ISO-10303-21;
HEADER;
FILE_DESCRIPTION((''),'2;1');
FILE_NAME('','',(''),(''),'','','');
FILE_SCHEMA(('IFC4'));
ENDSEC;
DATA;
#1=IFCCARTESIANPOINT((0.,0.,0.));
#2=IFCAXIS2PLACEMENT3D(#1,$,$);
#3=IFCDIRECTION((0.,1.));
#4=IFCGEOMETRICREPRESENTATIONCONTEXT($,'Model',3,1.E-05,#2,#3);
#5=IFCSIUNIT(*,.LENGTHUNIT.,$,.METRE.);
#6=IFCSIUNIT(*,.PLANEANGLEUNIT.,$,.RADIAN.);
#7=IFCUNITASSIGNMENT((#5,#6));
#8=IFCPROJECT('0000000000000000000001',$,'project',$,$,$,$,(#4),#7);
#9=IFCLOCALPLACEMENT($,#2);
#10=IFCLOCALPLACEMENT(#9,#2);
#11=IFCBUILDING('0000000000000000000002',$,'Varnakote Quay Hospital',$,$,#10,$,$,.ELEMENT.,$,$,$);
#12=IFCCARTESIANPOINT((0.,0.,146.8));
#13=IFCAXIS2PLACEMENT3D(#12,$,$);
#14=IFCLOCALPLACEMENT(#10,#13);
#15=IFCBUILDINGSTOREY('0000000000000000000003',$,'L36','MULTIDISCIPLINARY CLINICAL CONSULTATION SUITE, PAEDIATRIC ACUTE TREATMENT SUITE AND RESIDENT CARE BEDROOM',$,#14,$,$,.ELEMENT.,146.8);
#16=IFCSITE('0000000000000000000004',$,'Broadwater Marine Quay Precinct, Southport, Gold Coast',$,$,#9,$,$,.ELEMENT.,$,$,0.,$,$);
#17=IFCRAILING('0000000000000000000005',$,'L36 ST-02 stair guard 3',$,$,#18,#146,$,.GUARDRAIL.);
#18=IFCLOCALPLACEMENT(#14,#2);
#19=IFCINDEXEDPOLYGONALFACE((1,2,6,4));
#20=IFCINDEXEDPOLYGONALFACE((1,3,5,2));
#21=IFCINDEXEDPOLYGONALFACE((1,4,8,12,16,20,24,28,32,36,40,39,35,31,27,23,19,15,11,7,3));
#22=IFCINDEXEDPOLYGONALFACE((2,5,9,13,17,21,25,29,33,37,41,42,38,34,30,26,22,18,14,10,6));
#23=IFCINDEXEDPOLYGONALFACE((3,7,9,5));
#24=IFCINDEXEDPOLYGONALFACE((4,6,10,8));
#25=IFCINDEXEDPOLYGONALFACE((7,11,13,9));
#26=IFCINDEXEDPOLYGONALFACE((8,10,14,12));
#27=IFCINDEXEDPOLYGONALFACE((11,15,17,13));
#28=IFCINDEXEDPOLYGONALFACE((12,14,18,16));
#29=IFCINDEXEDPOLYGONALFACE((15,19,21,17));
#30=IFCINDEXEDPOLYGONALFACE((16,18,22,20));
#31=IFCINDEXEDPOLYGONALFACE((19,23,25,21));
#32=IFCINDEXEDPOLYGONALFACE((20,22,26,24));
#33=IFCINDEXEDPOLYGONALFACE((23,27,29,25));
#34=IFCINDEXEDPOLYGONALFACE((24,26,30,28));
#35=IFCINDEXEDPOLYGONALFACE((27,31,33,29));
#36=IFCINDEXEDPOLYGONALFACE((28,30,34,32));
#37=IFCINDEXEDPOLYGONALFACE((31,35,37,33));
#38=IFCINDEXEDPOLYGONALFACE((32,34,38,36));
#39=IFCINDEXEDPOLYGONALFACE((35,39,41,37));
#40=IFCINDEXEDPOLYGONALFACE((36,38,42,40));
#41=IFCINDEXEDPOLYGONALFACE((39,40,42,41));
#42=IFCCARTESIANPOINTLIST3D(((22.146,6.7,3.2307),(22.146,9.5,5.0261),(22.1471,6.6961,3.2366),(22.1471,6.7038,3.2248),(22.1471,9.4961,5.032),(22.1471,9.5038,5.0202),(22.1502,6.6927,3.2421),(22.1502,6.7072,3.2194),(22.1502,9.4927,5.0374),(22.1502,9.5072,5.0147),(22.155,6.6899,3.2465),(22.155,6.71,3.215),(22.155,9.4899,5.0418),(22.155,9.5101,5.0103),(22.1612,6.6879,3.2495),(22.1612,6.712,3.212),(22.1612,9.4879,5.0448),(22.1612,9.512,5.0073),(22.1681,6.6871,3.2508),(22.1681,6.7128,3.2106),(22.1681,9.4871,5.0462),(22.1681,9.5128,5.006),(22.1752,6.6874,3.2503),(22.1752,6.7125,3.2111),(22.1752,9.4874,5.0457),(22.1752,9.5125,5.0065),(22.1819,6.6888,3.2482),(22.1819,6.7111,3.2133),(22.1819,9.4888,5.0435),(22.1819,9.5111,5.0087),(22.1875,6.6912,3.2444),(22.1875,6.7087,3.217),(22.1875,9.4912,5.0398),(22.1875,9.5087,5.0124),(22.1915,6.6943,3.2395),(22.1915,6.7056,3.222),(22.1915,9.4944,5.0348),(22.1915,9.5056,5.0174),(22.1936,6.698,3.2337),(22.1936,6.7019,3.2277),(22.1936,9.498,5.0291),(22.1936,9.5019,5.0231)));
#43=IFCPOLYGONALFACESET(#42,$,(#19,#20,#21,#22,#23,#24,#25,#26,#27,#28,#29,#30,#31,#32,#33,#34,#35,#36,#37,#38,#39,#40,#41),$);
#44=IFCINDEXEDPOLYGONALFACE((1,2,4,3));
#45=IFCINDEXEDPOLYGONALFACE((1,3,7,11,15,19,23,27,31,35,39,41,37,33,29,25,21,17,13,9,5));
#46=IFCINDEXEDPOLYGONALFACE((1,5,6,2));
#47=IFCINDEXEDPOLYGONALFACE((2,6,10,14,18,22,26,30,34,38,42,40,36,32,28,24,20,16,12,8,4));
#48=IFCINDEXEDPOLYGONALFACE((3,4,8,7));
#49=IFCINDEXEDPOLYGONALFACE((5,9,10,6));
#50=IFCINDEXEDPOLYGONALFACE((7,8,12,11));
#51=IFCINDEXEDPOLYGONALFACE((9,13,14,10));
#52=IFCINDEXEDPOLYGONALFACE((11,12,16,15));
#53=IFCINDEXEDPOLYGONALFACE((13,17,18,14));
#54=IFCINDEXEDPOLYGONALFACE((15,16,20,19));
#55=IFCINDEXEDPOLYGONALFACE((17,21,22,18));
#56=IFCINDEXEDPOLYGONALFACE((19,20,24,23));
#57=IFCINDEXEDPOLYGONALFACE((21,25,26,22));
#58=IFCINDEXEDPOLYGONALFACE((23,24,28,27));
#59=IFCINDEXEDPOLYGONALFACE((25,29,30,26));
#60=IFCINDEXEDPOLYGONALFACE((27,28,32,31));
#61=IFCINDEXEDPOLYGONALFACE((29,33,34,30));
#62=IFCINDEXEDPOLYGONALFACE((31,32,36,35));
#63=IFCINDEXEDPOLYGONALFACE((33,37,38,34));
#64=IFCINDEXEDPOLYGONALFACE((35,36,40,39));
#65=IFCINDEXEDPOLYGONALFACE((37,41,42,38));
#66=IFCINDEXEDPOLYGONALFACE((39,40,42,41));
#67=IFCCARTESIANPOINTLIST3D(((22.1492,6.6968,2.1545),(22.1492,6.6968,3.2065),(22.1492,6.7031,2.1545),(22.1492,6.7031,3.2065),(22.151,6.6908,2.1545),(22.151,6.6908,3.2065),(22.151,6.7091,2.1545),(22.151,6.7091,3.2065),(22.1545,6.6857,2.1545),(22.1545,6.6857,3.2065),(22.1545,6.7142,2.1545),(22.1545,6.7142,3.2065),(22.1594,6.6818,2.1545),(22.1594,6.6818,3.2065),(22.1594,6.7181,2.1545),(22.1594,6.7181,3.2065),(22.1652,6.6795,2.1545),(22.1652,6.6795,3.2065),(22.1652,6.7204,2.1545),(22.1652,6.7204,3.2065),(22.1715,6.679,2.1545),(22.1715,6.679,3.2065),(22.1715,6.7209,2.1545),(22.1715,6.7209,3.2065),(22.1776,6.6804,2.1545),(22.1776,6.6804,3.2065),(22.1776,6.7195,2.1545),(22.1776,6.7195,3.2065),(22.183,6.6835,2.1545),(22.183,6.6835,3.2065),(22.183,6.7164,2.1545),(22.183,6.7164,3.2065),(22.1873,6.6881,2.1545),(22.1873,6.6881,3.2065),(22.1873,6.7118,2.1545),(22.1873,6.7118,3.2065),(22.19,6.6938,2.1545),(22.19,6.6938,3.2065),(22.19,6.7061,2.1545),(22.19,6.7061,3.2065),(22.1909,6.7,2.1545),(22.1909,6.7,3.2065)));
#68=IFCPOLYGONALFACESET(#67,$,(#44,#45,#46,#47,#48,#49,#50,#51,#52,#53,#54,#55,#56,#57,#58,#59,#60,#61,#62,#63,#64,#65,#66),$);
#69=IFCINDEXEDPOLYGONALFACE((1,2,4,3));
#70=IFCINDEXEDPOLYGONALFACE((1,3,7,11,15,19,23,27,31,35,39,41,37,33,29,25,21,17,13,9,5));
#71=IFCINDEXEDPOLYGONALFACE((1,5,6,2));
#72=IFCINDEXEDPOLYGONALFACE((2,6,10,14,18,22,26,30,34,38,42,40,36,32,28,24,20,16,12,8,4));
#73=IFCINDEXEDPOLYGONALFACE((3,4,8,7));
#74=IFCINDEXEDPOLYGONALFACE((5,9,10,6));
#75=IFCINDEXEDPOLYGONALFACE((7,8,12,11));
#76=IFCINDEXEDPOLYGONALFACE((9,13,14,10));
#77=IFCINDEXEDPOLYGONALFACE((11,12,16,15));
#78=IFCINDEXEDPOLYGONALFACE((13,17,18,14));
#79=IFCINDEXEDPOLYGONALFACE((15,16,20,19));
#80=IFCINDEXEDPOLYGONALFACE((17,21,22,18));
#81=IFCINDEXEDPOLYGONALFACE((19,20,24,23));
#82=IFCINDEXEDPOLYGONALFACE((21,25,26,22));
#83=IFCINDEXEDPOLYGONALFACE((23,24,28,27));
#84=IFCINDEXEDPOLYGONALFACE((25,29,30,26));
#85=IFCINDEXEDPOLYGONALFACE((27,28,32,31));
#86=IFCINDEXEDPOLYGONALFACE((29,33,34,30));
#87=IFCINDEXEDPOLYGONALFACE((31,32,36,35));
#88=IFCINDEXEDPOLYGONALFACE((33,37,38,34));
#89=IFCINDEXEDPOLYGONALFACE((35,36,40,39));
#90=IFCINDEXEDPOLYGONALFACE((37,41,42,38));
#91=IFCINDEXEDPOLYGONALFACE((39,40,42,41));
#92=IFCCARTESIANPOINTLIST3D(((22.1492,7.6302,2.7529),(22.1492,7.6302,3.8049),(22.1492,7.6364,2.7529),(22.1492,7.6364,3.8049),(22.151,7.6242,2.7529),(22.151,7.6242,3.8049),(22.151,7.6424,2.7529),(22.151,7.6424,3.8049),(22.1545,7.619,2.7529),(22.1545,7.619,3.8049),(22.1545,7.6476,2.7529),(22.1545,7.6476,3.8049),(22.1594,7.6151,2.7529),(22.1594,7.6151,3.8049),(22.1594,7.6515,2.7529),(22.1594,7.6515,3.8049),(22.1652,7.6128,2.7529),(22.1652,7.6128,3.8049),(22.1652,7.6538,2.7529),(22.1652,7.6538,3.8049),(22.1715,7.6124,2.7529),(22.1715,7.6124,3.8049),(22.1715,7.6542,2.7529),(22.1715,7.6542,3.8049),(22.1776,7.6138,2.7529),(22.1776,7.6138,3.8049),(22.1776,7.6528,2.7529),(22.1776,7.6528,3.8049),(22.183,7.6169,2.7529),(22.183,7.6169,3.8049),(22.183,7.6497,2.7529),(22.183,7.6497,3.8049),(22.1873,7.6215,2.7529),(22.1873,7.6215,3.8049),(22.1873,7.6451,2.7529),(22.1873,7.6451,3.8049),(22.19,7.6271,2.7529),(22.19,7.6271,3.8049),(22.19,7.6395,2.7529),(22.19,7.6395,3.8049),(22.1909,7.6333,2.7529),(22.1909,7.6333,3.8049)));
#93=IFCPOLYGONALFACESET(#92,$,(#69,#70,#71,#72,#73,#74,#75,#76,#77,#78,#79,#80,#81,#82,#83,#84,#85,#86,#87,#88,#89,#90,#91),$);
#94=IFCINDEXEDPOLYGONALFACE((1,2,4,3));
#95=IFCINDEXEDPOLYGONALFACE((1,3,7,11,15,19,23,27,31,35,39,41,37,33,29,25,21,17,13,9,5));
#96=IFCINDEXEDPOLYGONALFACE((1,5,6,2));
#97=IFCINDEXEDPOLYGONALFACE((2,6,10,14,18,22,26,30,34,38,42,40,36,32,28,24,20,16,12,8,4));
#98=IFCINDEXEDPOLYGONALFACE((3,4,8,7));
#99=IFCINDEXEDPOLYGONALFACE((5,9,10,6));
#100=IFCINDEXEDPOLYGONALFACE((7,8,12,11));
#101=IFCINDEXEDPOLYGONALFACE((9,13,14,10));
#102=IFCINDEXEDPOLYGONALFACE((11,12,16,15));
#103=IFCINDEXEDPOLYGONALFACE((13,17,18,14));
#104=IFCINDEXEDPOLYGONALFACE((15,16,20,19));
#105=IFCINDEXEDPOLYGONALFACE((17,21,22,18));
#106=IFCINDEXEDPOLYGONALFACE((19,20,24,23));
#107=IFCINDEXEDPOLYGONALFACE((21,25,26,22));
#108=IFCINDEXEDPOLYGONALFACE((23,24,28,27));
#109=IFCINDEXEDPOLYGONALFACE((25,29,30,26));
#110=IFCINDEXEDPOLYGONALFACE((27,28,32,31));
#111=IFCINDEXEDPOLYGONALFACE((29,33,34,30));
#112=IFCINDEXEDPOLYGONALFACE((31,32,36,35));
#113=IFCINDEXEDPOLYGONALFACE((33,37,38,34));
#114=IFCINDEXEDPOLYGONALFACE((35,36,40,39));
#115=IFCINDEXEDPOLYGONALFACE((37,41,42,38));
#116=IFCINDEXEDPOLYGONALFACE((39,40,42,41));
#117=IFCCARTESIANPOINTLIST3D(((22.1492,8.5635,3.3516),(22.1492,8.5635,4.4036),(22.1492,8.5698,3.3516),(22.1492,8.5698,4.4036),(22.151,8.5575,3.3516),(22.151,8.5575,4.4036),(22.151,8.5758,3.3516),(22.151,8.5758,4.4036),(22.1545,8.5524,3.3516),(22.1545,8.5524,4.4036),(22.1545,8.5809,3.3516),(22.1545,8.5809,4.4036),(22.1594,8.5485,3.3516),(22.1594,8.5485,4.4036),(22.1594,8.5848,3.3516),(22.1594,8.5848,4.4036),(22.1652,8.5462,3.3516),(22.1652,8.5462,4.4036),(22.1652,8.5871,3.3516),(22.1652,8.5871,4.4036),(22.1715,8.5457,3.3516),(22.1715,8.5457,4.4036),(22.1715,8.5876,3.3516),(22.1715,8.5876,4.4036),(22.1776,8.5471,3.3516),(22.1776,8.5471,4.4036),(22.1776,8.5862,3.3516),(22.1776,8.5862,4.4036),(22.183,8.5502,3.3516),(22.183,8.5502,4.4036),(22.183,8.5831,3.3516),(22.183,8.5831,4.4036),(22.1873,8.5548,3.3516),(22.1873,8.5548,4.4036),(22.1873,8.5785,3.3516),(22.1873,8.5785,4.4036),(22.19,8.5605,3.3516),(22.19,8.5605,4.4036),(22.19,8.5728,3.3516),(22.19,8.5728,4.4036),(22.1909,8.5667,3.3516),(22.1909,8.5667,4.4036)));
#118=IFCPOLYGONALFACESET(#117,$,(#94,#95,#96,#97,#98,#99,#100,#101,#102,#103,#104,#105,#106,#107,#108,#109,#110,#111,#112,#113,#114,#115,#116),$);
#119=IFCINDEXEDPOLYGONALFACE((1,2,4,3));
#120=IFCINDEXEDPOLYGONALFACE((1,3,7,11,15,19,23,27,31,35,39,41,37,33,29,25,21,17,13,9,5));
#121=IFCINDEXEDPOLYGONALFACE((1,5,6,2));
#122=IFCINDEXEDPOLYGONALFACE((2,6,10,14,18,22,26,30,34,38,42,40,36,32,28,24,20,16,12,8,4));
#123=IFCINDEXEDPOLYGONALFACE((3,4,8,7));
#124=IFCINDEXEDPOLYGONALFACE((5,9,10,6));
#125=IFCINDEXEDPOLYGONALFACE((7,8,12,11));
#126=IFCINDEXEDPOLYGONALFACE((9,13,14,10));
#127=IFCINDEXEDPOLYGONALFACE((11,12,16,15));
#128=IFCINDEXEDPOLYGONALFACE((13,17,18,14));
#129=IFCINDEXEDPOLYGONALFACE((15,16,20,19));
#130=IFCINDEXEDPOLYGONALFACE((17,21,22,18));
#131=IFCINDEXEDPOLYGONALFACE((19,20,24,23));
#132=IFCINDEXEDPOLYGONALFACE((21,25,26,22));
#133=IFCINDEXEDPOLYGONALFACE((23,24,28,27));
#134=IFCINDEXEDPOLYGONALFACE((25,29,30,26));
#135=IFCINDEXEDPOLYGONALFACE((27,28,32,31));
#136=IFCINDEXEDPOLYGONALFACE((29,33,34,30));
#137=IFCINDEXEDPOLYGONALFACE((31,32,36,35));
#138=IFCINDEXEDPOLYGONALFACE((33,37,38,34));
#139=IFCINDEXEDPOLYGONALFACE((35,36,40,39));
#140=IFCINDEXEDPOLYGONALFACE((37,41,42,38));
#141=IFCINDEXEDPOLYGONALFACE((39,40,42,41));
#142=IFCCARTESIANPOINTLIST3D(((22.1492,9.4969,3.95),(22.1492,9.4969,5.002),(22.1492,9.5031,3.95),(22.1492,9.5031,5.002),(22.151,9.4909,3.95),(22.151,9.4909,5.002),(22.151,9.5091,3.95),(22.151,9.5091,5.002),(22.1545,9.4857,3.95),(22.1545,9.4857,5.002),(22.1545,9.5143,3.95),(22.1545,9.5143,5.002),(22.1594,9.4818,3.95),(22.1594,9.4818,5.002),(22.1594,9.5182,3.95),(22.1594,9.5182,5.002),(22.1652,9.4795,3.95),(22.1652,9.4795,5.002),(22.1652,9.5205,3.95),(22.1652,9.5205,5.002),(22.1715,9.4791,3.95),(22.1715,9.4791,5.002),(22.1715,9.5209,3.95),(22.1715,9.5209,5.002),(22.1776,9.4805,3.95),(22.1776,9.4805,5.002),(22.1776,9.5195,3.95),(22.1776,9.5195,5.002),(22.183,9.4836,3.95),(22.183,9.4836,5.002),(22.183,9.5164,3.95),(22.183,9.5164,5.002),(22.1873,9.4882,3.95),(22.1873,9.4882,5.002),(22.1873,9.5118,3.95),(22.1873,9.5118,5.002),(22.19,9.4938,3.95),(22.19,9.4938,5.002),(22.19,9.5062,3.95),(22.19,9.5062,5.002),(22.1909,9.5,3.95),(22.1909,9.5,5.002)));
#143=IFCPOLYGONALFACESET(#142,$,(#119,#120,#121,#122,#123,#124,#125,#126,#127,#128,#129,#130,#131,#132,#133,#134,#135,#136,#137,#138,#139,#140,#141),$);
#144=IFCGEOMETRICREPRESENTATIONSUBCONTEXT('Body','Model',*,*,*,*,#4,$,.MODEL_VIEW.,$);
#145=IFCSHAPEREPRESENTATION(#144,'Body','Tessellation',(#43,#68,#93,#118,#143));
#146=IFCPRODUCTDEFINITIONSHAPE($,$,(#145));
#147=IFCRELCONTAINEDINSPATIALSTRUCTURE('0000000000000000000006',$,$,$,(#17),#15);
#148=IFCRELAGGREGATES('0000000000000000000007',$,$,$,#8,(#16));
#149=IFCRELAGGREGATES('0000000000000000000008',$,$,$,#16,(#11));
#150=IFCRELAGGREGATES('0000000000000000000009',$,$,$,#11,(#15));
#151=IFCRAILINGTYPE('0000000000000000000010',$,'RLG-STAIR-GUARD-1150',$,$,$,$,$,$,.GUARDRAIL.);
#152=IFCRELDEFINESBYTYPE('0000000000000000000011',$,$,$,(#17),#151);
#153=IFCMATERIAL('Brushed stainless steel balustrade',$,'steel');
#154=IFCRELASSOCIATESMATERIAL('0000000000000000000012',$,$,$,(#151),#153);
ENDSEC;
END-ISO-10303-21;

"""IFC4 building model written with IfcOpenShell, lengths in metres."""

from ifc_helpers import new_model, si_unit, direction, frame, origin, origin_2d, place, context, subcontext, project, spatial, circle, extrude, material, type_object, element, save


model = new_model("IFC4")

# Units and contexts
model_context = context("Model", 3, precision=1e-05, world=origin(), true_north=direction((0.0, 1.0)))
body_context = subcontext(model_context, "Body", "Model", "MODEL_VIEW")
ifc_project = project(units=[si_unit("LENGTHUNIT", "METRE"), si_unit("PLANEANGLEUNIT", "RADIAN")], contexts=[model_context])

# Site, building, storey
site_placement = place(None, origin())
site = spatial("IfcSite", under=ifc_project, at=site_placement, Name="Broadwater Marine Quay Precinct, Southport, Gold Coast", CompositionType="ELEMENT", RefElevation=0.0)
building_placement = place(site_placement, origin())
building = spatial("IfcBuilding", under=site, at=building_placement, Name="Varnakote Quay Hospital", CompositionType="ELEMENT")
storey_placement = place(building_placement, frame((0.0, 0.0, 146.8)))
storey = spatial("IfcBuildingStorey", under=building, at=storey_placement, Name="L36", Description="MULTIDISCIPLINARY CLINICAL CONSULTATION SUITE, PAEDIATRIC ACUTE TREATMENT SUITE AND RESIDENT CARE BEDROOM", CompositionType="ELEMENT", Elevation=146.8)

# Railing
ifc_material_1 = material(Name="Brushed stainless steel balustrade", Category="steel")
railing_type_1 = type_object("IfcRailingType", Name="RLG-STAIR-GUARD-1150", PredefinedType="GUARDRAIL", material=ifc_material_1)
railing_1_placement = place(storey_placement, frame((22.1699, 6.7, 2.1545)))
element("IfcRailing", 1, at=railing_1_placement, inside=storey, type_object=railing_type_1, Name="L36 ST-02 stair guard 3", PredefinedType="GUARDRAIL", context=body_context, shape_type="SweptSolid", body=[
    extrude(circle(Radius=0.0239, at=origin_2d()), frame((0.0, 0.0, 1.0762), z_axis=(0.0, 0.84181, 0.539774), x_axis=(-1.0, 0.0, 0.0)), (0.0, 0.0, 1.0), 3.3262),
    extrude(circle(Radius=0.021, at=origin_2d()), origin(), (0.0, 0.0, 1.0), 1.052),
    extrude(circle(Radius=0.021, at=origin_2d()), frame((0.0, 0.9333, 0.5984)), (0.0, 0.0, 1.0), 1.052),
    extrude(circle(Radius=0.021, at=origin_2d()), frame((0.0, 1.8667, 1.197)), (0.0, 0.0, 1.0), 1.052),
    extrude(circle(Radius=0.021, at=origin_2d()), frame((0.0, 2.8, 1.7954)), (0.0, 0.0, 1.0), 1.052),
])

save(model, "model.ifc")
